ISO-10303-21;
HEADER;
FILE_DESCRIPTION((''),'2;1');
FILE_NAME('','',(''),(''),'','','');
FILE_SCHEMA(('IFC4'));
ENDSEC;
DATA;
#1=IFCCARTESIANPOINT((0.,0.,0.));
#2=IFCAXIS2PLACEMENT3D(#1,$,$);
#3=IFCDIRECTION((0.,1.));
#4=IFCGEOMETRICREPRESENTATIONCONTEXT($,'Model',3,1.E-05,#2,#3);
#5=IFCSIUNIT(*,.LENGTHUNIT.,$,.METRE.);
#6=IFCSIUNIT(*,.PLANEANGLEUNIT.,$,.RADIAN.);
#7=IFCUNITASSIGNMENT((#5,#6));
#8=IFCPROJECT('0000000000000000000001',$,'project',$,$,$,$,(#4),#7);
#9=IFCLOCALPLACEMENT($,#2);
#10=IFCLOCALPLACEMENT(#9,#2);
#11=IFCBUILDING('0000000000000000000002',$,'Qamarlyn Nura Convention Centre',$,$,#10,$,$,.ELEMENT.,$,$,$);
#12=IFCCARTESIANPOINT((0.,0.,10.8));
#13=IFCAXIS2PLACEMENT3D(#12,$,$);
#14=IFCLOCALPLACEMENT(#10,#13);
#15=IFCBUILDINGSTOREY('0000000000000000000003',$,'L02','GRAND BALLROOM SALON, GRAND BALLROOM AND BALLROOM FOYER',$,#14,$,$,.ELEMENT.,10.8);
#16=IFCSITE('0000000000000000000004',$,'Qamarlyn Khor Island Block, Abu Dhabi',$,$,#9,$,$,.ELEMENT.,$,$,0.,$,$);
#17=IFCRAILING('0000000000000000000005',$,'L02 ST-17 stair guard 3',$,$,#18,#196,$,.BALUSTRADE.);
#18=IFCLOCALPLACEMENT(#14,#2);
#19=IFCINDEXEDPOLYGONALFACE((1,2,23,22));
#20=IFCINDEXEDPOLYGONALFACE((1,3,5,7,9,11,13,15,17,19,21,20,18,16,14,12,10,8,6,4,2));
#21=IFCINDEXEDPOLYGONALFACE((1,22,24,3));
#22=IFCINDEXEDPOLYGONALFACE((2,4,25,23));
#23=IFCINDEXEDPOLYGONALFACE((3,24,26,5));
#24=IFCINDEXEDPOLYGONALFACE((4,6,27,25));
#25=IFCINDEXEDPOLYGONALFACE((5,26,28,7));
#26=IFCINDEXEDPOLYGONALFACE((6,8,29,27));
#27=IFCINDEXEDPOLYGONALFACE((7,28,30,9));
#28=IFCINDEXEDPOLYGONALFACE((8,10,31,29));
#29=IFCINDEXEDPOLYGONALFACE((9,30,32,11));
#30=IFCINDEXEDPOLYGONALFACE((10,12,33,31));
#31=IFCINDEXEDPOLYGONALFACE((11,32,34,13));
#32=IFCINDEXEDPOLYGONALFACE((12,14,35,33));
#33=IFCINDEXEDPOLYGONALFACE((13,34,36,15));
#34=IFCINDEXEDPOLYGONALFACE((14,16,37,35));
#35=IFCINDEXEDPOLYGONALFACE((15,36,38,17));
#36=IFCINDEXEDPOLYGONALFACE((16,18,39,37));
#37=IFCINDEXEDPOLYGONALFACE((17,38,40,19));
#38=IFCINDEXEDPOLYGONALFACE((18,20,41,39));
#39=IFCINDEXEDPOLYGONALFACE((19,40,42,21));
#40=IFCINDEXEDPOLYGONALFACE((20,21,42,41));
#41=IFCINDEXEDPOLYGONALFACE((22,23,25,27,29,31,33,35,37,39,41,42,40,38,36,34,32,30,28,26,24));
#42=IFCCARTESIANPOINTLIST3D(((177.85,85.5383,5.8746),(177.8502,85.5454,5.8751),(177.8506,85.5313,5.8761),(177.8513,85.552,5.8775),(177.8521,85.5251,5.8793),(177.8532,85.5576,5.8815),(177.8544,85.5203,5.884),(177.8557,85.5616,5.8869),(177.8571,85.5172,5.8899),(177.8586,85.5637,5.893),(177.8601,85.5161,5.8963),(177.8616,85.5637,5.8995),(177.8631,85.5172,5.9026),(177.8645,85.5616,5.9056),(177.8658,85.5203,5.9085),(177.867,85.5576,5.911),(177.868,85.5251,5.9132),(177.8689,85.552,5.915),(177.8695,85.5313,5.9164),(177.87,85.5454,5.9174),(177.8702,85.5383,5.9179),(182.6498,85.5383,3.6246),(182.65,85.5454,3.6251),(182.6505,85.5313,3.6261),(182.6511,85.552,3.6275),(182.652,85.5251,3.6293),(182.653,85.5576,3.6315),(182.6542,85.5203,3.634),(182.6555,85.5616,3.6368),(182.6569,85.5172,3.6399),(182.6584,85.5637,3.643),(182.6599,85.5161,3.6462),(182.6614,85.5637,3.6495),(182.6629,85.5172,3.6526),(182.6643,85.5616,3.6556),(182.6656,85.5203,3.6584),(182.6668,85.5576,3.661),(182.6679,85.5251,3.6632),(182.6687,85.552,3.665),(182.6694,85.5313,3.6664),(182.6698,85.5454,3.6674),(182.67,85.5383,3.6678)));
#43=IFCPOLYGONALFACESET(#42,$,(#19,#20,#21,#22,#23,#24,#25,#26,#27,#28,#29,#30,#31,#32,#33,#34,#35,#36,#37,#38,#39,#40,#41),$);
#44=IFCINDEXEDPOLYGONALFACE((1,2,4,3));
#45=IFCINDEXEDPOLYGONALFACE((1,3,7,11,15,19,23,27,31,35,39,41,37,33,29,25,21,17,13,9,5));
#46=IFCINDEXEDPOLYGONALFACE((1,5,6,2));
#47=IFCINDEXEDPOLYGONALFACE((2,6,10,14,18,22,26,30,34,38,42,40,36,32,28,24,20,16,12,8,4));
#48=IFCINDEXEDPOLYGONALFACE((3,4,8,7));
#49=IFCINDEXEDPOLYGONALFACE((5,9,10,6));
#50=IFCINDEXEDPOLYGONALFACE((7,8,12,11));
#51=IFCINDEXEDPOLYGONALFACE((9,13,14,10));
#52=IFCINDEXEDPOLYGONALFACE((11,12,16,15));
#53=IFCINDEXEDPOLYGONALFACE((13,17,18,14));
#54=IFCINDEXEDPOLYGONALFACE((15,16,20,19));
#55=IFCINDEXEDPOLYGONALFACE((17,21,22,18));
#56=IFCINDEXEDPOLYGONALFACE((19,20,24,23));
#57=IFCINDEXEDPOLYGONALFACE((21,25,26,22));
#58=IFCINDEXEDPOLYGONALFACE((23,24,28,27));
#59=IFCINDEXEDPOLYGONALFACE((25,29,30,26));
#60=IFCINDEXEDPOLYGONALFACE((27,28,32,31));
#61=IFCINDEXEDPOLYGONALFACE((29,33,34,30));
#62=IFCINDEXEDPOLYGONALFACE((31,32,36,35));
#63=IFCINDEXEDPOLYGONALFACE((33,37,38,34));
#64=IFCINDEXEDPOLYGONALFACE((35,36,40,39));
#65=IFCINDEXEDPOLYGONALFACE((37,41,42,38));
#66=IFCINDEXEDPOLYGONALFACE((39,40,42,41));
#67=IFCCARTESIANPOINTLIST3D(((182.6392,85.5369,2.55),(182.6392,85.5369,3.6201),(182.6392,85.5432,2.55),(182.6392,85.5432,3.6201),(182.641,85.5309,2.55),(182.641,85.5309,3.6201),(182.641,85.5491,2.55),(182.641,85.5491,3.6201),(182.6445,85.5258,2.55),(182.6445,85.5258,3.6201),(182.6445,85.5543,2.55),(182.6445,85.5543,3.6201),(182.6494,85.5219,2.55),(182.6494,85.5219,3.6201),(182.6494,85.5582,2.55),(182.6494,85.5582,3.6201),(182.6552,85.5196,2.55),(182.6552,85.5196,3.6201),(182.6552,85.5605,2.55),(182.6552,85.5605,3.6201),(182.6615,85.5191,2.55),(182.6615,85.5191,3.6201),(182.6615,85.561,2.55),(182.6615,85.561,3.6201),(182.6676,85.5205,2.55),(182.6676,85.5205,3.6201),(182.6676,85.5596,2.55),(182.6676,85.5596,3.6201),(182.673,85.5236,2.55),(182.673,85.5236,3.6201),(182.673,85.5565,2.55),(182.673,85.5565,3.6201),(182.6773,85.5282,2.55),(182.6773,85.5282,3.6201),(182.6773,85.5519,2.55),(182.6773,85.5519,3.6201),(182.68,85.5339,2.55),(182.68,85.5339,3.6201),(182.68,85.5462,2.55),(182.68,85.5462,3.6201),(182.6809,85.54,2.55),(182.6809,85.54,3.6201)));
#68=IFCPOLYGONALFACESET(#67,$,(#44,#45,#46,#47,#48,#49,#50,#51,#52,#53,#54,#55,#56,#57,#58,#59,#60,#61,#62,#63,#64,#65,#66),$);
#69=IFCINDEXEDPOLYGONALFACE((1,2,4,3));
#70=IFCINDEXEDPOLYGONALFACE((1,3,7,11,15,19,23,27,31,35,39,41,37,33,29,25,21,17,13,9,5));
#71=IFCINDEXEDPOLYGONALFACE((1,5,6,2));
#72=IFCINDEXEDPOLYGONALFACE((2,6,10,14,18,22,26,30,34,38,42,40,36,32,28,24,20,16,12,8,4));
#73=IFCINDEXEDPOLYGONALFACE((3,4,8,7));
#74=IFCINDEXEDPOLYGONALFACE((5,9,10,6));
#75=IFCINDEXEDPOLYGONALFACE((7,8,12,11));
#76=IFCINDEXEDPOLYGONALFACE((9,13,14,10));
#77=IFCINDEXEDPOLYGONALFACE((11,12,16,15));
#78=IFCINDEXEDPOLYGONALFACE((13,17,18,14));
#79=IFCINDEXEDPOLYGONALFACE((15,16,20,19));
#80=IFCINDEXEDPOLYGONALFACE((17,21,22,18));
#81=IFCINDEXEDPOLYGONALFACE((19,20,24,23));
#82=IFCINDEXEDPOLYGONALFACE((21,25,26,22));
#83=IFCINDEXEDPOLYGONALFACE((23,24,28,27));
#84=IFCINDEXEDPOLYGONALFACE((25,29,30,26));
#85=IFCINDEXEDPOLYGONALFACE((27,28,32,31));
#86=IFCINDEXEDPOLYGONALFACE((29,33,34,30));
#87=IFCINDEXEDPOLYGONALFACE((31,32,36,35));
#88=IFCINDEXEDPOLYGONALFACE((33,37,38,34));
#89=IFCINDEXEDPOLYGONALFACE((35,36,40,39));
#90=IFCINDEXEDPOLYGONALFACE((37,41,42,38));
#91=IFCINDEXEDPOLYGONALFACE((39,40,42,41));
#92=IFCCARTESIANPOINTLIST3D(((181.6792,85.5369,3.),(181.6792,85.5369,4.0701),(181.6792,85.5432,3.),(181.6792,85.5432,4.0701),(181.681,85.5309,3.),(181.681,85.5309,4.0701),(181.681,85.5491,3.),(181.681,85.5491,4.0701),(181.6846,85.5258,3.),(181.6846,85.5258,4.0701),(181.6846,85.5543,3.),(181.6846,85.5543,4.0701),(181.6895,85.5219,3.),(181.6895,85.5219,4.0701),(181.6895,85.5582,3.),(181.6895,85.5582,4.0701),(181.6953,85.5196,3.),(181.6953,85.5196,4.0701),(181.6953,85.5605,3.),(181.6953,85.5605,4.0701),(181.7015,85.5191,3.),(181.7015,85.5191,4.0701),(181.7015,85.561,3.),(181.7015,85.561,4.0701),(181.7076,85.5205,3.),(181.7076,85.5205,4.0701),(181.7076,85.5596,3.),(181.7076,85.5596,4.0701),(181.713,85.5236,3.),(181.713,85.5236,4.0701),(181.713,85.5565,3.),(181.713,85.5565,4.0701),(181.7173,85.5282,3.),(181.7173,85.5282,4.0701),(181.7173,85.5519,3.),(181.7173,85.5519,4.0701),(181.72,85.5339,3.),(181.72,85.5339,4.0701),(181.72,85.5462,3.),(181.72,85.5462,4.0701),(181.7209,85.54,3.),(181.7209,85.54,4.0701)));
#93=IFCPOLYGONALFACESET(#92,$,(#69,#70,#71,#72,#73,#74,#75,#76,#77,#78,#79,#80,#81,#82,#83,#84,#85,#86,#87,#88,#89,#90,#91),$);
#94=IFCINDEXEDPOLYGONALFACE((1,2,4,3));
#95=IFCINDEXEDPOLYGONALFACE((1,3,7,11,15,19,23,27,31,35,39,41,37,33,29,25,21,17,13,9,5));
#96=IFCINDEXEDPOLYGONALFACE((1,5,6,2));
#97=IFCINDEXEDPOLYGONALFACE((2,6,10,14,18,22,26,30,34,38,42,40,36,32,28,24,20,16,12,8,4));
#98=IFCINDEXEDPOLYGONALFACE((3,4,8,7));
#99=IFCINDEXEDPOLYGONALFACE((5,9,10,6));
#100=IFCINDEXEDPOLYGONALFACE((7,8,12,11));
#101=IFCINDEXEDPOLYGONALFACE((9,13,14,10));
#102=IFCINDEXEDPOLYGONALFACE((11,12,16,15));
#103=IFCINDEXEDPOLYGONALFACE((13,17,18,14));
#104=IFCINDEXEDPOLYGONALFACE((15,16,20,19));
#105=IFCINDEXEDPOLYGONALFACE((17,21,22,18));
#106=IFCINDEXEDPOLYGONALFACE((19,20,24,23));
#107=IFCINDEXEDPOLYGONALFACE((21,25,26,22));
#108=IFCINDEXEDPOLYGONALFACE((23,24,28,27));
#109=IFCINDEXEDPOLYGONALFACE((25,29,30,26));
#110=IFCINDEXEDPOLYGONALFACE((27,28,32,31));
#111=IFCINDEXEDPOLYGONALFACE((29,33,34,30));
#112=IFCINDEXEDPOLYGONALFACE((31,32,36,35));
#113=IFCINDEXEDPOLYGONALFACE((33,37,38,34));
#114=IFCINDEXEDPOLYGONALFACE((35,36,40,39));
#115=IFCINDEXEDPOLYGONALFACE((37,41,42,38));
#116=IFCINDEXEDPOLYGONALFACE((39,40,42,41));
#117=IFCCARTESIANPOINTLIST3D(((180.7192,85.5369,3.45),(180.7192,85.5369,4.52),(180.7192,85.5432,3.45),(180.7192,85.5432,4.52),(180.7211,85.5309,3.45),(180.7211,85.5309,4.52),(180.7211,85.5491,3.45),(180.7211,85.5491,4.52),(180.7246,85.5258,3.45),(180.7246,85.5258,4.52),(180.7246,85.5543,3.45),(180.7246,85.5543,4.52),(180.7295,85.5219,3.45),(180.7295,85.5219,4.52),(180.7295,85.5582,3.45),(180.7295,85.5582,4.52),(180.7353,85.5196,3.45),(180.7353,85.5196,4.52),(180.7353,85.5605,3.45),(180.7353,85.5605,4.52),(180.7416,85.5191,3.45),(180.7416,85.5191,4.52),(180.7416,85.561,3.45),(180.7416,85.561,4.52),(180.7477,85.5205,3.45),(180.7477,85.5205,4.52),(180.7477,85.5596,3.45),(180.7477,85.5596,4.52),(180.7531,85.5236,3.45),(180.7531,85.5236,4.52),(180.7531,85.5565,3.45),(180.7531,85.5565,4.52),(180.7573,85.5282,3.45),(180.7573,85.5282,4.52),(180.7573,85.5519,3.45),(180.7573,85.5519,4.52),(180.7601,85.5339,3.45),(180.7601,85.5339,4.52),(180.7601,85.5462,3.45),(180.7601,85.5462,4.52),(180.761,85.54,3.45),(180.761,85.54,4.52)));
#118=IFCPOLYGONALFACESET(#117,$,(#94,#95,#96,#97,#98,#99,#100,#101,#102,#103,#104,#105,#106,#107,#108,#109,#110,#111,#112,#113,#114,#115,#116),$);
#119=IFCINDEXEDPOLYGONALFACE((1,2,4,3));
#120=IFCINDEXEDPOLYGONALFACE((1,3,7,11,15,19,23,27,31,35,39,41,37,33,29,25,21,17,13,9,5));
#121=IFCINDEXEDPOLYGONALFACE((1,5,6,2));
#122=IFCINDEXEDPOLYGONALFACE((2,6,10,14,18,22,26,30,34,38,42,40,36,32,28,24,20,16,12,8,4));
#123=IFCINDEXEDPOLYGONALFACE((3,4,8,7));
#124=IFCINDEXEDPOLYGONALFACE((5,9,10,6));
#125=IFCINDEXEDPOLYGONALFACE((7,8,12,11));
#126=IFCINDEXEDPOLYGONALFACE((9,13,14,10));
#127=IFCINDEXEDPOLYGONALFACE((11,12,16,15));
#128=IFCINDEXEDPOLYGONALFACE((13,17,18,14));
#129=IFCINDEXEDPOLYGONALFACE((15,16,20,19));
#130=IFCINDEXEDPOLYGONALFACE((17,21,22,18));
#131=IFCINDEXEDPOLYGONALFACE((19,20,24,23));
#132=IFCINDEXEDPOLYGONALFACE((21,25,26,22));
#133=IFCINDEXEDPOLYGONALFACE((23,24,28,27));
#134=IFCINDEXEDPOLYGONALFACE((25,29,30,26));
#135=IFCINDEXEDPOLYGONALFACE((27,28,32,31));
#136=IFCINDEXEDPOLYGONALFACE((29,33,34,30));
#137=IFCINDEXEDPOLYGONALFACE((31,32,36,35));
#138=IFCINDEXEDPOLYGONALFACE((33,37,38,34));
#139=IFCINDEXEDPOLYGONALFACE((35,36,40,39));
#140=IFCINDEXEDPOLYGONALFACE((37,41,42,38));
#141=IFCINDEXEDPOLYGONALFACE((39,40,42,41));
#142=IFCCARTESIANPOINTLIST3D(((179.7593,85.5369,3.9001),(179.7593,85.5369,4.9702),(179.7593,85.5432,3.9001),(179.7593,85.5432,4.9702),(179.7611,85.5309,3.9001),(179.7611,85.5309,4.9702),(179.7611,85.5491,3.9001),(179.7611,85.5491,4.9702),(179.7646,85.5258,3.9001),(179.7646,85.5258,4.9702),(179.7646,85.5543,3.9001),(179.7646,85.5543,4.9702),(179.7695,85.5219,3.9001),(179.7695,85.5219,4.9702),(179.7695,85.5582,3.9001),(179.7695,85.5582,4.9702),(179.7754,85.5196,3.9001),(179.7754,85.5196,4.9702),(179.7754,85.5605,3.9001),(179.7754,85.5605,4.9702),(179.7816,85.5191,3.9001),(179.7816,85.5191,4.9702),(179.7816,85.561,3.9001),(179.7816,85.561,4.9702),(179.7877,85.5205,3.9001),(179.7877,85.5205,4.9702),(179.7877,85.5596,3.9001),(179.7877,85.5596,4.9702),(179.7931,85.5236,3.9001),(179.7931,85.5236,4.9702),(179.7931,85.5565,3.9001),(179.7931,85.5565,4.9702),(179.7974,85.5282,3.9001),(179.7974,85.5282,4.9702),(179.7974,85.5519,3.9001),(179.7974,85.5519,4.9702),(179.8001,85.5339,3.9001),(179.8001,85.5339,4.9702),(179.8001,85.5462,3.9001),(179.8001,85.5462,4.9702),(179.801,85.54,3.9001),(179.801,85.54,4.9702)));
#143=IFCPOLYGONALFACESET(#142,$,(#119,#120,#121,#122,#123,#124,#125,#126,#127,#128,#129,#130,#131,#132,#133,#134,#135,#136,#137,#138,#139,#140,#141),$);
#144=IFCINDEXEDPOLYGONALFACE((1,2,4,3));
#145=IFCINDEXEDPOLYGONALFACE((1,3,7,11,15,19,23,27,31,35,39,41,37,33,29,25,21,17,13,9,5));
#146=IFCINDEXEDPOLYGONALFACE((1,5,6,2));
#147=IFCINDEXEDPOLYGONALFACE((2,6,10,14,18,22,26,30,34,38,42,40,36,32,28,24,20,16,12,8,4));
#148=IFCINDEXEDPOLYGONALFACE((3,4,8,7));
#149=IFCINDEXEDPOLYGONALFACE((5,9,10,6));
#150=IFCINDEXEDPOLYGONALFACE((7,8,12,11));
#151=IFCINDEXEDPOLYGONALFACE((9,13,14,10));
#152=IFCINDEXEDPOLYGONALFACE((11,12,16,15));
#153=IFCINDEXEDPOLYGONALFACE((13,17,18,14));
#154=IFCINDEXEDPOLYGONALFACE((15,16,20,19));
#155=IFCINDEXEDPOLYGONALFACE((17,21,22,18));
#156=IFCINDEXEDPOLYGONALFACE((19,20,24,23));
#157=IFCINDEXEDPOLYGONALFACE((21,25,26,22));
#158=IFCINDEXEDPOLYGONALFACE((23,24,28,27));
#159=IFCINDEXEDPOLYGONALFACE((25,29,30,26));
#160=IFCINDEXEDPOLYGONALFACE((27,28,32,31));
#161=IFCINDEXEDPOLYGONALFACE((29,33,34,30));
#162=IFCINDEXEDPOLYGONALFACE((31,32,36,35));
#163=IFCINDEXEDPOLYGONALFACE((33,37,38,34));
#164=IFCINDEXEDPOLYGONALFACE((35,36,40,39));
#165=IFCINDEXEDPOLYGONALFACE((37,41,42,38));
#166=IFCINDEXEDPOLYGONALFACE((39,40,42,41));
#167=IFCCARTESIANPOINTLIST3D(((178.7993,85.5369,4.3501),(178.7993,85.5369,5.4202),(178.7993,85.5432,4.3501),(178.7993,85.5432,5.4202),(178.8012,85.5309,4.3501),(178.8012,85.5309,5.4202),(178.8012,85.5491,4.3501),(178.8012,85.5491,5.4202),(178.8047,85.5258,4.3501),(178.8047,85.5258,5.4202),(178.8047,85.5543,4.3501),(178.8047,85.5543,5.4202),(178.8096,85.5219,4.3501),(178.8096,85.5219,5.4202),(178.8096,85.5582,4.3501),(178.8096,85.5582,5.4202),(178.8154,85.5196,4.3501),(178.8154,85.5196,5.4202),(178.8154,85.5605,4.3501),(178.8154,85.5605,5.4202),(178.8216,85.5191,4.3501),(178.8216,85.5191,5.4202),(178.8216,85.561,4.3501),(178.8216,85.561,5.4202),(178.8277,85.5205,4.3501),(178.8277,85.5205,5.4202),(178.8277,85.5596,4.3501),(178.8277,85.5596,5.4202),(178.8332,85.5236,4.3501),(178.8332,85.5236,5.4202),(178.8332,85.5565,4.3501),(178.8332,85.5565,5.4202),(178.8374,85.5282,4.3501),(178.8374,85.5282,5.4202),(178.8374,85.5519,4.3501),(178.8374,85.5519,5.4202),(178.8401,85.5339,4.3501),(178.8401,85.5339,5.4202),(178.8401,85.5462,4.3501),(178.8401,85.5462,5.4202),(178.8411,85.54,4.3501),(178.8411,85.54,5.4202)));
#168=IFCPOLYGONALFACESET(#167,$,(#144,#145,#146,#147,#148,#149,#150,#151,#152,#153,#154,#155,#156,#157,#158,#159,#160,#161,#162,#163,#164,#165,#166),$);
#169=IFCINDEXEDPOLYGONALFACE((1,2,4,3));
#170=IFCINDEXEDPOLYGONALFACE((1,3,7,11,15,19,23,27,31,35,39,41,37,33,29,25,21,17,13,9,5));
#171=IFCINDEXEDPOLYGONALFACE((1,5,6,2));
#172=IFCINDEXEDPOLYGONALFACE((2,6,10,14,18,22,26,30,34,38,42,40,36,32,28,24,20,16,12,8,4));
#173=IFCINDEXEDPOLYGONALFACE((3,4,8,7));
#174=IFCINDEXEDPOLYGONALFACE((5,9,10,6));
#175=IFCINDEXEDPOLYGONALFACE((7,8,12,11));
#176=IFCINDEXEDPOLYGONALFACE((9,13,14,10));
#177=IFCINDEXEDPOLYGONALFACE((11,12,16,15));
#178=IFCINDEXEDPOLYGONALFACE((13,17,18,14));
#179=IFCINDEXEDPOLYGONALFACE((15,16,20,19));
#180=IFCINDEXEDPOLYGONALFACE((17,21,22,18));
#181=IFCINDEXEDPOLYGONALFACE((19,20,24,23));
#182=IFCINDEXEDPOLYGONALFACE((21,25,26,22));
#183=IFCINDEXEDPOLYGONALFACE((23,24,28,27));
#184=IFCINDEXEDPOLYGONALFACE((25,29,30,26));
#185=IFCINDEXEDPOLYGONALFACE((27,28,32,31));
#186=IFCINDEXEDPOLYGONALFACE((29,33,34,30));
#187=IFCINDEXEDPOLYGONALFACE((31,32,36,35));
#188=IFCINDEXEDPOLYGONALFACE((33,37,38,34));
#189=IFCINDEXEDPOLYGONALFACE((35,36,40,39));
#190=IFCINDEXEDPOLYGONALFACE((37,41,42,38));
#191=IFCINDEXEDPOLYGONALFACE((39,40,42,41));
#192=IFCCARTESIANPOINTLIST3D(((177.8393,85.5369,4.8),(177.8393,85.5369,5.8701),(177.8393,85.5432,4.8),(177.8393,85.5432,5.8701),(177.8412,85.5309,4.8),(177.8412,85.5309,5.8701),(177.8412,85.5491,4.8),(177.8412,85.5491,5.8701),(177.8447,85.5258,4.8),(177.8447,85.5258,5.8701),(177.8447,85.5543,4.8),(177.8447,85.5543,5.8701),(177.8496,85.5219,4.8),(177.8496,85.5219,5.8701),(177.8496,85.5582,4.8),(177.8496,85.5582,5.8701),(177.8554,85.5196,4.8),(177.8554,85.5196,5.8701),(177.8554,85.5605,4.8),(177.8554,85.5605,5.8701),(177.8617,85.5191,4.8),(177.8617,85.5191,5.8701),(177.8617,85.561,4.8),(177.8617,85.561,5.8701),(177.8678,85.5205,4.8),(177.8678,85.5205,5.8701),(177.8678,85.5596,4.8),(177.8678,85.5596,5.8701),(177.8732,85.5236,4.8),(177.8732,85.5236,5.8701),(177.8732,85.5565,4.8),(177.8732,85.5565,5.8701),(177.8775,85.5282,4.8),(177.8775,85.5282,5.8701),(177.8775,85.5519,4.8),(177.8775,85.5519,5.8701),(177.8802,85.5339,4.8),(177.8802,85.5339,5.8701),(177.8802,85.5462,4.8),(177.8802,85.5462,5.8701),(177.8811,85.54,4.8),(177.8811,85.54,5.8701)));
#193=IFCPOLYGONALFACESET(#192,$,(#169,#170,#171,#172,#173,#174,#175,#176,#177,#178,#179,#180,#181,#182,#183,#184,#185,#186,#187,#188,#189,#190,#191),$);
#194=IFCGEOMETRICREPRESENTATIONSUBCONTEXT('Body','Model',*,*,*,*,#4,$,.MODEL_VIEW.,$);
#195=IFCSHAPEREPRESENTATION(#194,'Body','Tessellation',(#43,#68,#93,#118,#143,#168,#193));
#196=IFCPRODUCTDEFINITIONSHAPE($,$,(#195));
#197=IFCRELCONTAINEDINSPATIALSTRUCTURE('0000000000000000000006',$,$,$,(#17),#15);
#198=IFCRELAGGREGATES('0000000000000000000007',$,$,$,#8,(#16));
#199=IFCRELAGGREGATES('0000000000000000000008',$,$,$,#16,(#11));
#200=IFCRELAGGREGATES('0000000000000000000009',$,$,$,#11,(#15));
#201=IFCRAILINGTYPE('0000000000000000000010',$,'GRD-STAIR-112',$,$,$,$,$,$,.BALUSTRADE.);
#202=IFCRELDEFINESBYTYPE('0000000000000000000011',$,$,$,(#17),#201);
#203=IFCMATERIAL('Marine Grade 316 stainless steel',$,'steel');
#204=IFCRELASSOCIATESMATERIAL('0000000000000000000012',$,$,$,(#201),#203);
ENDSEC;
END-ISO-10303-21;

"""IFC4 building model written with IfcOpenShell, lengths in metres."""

from ifc_helpers import new_model, si_unit, direction, frame, origin, origin_2d, place, context, subcontext, project, spatial, circle, extrude, material, type_object, element, save


model = new_model("IFC4")

# Units and contexts
model_context = context("Model", 3, precision=1e-05, world=origin(), true_north=direction((0.0, 1.0)))
body_context = subcontext(model_context, "Body", "Model", "MODEL_VIEW")
ifc_project = project(units=[si_unit("LENGTHUNIT", "METRE"), si_unit("PLANEANGLEUNIT", "RADIAN")], contexts=[model_context])

# Site, building, storey
site_placement = place(None, origin())
site = spatial("IfcSite", under=ifc_project, at=site_placement, Name="Qamarlyn Khor Island Block, Abu Dhabi", CompositionType="ELEMENT", RefElevation=0.0)
building_placement = place(site_placement, origin())
building = spatial("IfcBuilding", under=site, at=building_placement, Name="Qamarlyn Nura Convention Centre", CompositionType="ELEMENT")
storey_placement = place(building_placement, frame((0.0, 0.0, 10.8)))
storey = spatial("IfcBuildingStorey", under=building, at=storey_placement, Name="L02", Description="GRAND BALLROOM SALON, GRAND BALLROOM AND BALLROOM FOYER", CompositionType="ELEMENT", Elevation=10.8)

# Railing
ifc_material_1 = material(Name="Marine Grade 316 stainless steel", Category="steel")
railing_type_1 = type_object("IfcRailingType", Name="GRD-STAIR-112", PredefinedType="BALUSTRADE", material=ifc_material_1)
railing_1_placement = place(storey_placement, frame((182.6599, 85.54, 2.55)))
element("IfcRailing", 1, at=railing_1_placement, inside=storey, type_object=railing_type_1, Name="L02 ST-17 stair guard 3", PredefinedType="BALUSTRADE", context=body_context, shape_type="SweptSolid", body=[
    extrude(circle(Radius=0.0239, at=origin_2d()), frame((0.0, 0.0, 1.0962), z_axis=(-0.905452, 0.0, 0.424448), x_axis=(0.0, -1.0, 0.0)), (0.0, 0.0, 1.0), 5.301),
    extrude(circle(Radius=0.021, at=origin_2d()), origin(), (0.0, 0.0, 1.0), 1.0701),
    extrude(circle(Radius=0.021, at=origin_2d()), frame((-0.96, 0.0, 0.45)), (0.0, 0.0, 1.0), 1.0701),
    extrude(circle(Radius=0.021, at=origin_2d()), frame((-1.9199, 0.0, 0.8999)), (0.0, 0.0, 1.0), 1.0701),
    extrude(circle(Radius=0.021, at=origin_2d()), frame((-2.8799, 0.0, 1.3501)), (0.0, 0.0, 1.0), 1.0701),
    extrude(circle(Radius=0.021, at=origin_2d()), frame((-3.8398, 0.0, 1.8)), (0.0, 0.0, 1.0), 1.0701),
    extrude(circle(Radius=0.021, at=origin_2d()), frame((-4.7998, 0.0, 2.25)), (0.0, 0.0, 1.0), 1.0701),
])

save(model, "model.ifc")
